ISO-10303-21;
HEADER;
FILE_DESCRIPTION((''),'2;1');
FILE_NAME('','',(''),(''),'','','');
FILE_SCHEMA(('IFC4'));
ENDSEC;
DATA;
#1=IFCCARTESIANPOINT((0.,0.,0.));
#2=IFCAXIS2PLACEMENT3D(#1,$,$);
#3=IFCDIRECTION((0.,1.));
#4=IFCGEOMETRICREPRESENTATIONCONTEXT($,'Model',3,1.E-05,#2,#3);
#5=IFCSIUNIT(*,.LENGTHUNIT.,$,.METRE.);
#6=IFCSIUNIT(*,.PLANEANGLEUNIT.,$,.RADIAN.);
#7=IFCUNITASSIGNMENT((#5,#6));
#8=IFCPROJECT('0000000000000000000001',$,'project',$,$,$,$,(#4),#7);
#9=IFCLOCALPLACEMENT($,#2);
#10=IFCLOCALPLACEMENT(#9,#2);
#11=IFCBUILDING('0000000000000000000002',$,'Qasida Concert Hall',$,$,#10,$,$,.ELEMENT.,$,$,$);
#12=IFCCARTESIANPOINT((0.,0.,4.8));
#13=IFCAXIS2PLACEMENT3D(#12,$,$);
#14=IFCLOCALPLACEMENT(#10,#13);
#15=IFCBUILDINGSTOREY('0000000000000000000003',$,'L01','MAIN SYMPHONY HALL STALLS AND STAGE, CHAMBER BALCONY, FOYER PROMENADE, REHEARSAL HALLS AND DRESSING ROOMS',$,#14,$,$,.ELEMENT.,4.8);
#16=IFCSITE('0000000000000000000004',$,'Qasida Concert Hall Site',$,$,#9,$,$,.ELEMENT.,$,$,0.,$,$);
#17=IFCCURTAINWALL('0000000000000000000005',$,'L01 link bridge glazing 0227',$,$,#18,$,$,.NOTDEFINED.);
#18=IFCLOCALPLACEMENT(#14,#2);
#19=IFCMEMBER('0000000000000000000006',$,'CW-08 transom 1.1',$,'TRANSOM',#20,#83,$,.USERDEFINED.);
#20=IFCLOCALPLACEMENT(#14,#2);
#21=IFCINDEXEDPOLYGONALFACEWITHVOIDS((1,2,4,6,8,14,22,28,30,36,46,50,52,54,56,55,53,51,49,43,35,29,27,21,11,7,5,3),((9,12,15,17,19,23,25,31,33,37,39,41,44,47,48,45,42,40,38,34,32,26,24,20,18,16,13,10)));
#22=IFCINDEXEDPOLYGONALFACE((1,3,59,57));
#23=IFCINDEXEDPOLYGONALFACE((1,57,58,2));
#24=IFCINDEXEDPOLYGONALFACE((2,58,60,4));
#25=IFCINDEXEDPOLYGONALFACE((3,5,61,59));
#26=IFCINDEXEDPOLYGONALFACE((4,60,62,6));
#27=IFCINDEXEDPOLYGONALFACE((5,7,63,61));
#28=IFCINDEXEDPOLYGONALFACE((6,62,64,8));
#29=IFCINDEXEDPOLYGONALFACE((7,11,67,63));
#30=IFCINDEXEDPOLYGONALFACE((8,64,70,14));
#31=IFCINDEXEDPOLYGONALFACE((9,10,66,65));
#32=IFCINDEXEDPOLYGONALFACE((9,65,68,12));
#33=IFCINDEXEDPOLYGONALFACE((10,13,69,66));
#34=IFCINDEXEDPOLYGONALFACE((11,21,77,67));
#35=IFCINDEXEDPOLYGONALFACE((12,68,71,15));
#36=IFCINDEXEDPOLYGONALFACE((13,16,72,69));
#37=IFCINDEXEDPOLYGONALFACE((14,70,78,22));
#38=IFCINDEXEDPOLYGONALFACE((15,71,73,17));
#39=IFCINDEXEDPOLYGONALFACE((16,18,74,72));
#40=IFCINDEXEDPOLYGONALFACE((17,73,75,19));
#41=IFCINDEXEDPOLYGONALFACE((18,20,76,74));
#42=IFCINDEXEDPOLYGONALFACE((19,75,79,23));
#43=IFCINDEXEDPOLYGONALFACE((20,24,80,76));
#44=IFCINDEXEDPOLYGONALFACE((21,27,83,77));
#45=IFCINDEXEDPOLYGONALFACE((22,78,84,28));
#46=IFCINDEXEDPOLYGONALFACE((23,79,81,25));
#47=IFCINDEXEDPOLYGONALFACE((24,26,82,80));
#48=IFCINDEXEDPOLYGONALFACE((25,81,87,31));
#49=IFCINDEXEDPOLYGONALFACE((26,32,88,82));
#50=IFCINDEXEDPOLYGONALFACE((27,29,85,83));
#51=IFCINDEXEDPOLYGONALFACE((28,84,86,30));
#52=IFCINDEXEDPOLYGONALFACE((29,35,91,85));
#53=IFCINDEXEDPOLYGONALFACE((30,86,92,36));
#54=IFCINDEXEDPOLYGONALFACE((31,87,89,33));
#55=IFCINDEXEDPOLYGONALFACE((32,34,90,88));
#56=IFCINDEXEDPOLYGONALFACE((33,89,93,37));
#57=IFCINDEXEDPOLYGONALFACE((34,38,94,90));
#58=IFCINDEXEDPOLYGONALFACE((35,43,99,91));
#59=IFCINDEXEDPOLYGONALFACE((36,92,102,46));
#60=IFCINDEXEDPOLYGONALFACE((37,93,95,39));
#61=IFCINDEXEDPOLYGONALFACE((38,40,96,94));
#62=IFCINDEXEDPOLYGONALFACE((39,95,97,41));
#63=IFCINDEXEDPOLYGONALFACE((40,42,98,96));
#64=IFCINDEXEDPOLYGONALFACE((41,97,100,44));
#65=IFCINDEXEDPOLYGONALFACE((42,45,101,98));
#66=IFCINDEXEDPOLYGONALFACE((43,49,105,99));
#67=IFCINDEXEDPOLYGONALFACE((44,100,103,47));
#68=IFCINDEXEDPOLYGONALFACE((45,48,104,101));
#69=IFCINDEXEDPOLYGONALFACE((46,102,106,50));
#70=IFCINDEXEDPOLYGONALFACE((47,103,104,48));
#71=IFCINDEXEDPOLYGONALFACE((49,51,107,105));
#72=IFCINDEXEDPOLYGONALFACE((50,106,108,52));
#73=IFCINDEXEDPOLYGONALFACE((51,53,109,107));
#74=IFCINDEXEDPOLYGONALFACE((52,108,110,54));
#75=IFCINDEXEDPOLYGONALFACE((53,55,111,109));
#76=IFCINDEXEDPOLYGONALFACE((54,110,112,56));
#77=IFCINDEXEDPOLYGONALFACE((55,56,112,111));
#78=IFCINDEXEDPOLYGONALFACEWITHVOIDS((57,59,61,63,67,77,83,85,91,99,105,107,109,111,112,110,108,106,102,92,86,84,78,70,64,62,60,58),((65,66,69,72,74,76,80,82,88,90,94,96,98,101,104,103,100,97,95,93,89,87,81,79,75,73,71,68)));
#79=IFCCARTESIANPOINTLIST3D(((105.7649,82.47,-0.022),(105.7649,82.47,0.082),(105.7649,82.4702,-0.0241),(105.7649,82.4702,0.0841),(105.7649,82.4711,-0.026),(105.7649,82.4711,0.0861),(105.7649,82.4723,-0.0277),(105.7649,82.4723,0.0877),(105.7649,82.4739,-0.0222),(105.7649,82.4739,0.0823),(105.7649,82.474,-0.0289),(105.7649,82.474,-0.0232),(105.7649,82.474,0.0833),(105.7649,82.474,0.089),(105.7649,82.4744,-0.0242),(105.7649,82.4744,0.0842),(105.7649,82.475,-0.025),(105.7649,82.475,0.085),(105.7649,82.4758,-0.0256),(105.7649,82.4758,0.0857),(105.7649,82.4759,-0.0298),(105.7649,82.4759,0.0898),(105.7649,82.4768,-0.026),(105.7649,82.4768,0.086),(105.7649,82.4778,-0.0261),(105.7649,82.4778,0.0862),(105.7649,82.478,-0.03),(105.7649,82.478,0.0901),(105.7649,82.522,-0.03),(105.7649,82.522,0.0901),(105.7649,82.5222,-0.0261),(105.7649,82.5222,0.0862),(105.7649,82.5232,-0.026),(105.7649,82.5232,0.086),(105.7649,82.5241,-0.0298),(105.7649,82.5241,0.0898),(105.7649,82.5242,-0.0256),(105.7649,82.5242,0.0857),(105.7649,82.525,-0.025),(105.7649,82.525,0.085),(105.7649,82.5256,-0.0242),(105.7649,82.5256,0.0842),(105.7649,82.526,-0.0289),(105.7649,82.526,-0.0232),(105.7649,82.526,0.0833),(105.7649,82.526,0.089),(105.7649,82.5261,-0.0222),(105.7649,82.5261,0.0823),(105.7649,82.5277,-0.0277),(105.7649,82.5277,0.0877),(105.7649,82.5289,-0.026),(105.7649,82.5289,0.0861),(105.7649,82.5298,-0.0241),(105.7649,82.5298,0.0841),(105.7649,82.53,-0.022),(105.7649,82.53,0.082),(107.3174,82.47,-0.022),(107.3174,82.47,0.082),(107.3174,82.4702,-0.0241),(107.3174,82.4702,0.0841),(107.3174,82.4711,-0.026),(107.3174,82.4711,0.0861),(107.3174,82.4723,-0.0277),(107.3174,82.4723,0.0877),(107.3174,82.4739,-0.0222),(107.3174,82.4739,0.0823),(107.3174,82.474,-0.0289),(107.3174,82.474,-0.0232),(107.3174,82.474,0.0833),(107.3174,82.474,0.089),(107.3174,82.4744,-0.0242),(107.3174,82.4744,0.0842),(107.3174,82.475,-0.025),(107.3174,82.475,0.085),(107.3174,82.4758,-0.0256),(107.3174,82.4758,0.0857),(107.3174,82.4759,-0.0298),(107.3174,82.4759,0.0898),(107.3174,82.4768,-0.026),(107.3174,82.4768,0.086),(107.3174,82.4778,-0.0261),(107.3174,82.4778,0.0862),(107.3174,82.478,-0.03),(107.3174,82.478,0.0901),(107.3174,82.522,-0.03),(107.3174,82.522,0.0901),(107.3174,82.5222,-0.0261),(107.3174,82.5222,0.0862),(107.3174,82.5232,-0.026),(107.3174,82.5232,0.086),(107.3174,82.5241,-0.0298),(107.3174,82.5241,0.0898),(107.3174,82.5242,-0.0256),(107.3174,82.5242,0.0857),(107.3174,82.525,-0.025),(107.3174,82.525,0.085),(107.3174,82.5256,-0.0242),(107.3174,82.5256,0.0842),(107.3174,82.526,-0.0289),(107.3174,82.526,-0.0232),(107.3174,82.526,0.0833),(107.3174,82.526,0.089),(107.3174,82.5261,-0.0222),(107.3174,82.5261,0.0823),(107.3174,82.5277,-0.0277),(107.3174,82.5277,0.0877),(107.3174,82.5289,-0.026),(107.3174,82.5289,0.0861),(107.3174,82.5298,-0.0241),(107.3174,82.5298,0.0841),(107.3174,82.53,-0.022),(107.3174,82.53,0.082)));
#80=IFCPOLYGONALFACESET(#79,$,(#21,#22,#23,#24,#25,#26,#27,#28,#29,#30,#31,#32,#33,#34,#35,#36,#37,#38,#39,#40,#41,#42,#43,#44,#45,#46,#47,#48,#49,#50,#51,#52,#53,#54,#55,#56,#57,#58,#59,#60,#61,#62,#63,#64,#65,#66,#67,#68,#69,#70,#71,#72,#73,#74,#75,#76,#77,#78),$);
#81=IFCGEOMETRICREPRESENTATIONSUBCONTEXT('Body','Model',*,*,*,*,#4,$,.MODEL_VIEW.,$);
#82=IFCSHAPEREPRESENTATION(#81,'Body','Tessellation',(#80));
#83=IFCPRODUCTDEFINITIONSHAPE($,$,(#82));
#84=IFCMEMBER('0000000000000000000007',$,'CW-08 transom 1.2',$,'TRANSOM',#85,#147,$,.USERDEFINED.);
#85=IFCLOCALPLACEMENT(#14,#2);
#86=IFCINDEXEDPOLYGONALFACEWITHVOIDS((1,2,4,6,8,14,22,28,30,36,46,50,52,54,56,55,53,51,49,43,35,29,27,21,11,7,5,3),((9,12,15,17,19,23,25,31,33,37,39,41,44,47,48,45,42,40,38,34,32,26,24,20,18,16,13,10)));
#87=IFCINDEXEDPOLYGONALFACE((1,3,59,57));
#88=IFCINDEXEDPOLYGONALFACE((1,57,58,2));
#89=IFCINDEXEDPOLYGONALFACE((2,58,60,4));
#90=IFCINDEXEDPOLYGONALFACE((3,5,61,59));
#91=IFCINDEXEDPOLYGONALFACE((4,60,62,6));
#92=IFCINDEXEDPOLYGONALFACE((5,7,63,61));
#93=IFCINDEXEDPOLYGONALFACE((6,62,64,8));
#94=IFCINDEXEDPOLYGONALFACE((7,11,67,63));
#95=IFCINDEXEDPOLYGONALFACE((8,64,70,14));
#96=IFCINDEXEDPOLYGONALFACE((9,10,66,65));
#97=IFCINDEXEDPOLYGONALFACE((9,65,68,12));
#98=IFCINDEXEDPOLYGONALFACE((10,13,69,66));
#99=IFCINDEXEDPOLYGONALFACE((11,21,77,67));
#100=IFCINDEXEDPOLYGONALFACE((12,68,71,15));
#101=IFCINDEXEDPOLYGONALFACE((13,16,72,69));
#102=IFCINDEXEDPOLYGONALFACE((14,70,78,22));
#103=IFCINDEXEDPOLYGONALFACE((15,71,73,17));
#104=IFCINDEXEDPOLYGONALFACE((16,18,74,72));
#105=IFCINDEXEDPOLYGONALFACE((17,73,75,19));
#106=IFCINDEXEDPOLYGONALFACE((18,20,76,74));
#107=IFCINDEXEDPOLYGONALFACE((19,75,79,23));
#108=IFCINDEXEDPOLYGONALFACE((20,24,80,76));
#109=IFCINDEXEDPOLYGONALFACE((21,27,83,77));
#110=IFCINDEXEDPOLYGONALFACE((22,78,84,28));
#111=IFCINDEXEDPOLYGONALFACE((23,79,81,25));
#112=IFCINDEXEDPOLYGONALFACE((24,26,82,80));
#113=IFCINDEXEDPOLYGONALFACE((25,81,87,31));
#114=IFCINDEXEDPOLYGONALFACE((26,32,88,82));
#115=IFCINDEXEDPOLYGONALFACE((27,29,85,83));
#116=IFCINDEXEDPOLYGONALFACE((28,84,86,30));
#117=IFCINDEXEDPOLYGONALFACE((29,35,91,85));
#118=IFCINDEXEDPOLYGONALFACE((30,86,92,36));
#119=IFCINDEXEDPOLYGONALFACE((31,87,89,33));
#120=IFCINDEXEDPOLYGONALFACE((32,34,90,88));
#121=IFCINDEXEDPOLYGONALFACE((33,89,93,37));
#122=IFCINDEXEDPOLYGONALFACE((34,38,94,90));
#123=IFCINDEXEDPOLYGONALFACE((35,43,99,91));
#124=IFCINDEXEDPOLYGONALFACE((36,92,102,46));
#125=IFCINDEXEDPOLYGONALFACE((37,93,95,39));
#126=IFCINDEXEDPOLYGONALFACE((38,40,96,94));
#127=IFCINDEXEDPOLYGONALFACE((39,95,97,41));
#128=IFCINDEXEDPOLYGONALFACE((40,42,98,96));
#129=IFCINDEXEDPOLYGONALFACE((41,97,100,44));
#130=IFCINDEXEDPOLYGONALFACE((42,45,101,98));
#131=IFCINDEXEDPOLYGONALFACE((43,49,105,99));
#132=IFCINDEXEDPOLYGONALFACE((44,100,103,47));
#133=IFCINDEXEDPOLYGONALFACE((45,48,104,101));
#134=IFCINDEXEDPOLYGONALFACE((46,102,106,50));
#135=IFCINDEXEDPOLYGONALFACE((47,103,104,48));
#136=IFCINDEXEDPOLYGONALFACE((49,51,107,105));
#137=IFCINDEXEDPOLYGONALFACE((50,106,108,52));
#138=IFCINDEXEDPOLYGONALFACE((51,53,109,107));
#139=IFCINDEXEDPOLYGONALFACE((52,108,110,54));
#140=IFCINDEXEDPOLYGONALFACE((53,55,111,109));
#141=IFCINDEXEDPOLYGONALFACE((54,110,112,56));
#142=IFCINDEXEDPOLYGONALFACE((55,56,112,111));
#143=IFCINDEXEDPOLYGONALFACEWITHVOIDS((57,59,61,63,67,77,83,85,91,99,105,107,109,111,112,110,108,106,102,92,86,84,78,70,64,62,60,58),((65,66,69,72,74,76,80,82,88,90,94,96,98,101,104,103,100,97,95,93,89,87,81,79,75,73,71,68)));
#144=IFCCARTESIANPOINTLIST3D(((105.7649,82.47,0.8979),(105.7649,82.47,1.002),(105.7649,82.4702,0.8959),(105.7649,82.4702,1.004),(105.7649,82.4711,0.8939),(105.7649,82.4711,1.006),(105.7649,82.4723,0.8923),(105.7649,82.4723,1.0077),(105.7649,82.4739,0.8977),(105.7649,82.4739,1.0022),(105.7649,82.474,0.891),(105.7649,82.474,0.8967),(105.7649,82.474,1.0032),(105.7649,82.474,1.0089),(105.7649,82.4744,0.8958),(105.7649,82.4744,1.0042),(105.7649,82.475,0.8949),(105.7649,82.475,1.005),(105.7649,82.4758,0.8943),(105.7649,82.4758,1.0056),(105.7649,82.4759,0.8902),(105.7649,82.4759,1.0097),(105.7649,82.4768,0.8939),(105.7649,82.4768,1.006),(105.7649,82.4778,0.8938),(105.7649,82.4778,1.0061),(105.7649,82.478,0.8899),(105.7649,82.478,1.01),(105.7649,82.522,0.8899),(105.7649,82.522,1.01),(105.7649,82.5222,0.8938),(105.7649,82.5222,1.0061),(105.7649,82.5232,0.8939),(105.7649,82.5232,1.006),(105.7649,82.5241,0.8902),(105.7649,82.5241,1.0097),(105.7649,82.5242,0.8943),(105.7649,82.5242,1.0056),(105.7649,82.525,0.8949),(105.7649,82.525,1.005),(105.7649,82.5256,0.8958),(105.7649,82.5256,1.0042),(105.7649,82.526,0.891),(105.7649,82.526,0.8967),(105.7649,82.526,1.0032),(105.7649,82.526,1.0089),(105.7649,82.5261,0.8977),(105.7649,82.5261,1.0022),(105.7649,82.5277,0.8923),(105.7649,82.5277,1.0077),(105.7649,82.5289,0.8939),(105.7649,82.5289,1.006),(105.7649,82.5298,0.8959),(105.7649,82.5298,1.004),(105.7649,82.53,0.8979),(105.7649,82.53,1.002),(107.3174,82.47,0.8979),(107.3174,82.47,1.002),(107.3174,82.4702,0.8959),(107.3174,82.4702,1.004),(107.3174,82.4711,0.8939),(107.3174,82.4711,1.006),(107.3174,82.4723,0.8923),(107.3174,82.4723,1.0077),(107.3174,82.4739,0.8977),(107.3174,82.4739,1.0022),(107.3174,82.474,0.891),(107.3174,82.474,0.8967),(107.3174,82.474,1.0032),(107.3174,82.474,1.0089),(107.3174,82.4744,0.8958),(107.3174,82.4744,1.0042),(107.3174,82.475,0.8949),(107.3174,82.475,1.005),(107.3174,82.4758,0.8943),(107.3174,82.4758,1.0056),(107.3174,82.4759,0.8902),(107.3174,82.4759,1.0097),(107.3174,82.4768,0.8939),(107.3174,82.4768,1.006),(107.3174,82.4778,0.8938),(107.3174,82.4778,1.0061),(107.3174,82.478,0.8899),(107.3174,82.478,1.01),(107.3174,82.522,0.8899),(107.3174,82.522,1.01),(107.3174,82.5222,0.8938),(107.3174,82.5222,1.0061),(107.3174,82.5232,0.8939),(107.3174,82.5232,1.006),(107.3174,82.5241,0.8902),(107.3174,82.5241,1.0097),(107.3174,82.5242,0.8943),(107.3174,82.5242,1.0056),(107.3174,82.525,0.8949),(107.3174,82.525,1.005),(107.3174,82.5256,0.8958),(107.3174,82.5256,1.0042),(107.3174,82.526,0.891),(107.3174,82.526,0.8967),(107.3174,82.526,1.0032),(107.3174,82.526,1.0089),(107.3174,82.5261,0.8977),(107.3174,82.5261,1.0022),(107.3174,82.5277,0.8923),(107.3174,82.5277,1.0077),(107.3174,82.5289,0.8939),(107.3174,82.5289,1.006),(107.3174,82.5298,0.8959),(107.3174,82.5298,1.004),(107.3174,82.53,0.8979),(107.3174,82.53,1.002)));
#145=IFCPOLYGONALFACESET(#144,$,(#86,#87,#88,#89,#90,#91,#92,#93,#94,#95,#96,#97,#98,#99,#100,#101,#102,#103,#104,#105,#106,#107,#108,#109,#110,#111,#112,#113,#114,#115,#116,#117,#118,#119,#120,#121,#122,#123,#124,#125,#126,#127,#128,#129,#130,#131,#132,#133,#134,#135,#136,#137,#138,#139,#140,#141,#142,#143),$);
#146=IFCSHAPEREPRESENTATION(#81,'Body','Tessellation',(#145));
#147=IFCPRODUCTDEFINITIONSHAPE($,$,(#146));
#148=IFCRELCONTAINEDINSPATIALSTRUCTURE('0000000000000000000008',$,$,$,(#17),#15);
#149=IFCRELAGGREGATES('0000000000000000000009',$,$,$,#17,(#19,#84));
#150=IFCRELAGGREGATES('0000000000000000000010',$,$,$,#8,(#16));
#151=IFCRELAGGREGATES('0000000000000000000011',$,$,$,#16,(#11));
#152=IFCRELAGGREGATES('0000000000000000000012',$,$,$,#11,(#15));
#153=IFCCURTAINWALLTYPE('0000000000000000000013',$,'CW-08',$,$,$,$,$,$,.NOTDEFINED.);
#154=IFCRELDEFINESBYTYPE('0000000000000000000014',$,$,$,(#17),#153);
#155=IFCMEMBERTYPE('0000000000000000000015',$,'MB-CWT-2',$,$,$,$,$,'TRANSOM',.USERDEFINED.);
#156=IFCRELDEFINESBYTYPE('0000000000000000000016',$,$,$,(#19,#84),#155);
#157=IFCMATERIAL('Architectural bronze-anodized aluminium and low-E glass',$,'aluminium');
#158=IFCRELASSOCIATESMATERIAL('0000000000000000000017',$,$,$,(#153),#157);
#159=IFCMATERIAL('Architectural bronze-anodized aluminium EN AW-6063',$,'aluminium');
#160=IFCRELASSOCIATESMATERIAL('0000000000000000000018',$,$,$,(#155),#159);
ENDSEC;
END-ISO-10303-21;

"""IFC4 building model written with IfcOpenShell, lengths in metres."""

from ifc_helpers import new_model, si_unit, direction, frame, origin, origin_2d, place, context, subcontext, project, spatial, hollow_rectangle, extrude, material, material_profile, profile_set, type_object, element, aggregate, save


model = new_model("IFC4")

# Units and contexts
model_context = context("Model", 3, precision=1e-05, world=origin(), true_north=direction((0.0, 1.0)))
body_context = subcontext(model_context, "Body", "Model", "MODEL_VIEW")
ifc_project = project(units=[si_unit("LENGTHUNIT", "METRE"), si_unit("PLANEANGLEUNIT", "RADIAN")], contexts=[model_context])

# Site, building, storey
site_placement = place(None, origin())
site = spatial("IfcSite", under=ifc_project, at=site_placement, Name="Qasida Concert Hall Site", CompositionType="ELEMENT", RefElevation=0.0)
building_placement = place(site_placement, origin())
building = spatial("IfcBuilding", under=site, at=building_placement, Name="Qasida Concert Hall", CompositionType="ELEMENT")
storey_placement = place(building_placement, frame((0.0, 0.0, 4.8)))
storey = spatial("IfcBuildingStorey", under=building, at=storey_placement, Name="L01", Description="MAIN SYMPHONY HALL STALLS AND STAGE, CHAMBER BALCONY, FOYER PROMENADE, REHEARSAL HALLS AND DRESSING ROOMS", CompositionType="ELEMENT", Elevation=4.8)

# Curtain wall, members
ifc_material_1 = material(Name="Architectural bronze-anodized aluminium and low-E glass", Category="aluminium")
curtain_wall_type = type_object("IfcCurtainWallType", Name="CW-08", PredefinedType="NOTDEFINED", material=ifc_material_1)
curtain_wall_placement = place(storey_placement, origin())
curtain_wall = element("IfcCurtainWall", 1, at=curtain_wall_placement, inside=storey, type_object=curtain_wall_type, Name="L01 link bridge glazing 0227", PredefinedType="NOTDEFINED")
ifc_material_2 = material(Name="Architectural bronze-anodized aluminium EN AW-6063", Category="aluminium")
ifc_material_profile_1 = material_profile(ifc_material_2, hollow_rectangle(XDim=0.0601, YDim=0.1201, WallThickness=0.0039, InnerFilletRadius=0.0039, OuterFilletRadius=0.0081, at=origin_2d()), Name="CWT 120x60x4")
ifc_profile_set_1 = profile_set([ifc_material_profile_1], Name="Architectural bronze-anodized aluminium EN AW-6063")
member_type_1 = type_object("IfcMemberType", Name="MB-CWT-2", ElementType="TRANSOM", PredefinedType="USERDEFINED", material=ifc_profile_set_1)
member_1_placement = place(storey_placement, frame((105.7649, 82.5, 0.03), z_axis=(1.0, 0.0, 0.0), x_axis=(0.0, 1.0, 0.0)))
member_1 = element("IfcMember", 2, at=member_1_placement, type_object=member_type_1, Name="CW-08 transom 1.1", ObjectType="TRANSOM", PredefinedType="USERDEFINED", context=body_context, shape_type="SweptSolid", body=[
    extrude(hollow_rectangle(XDim=0.0601, YDim=0.1201, WallThickness=0.0039, InnerFilletRadius=0.0039, OuterFilletRadius=0.0081, at=origin_2d()), origin(), (0.0, 0.0, 1.0), 1.5525),
])
member_2_placement = place(storey_placement, frame((105.7649, 82.5, 0.95), z_axis=(1.0, 0.0, 0.0), x_axis=(0.0, 1.0, 0.0)))
member_2 = element("IfcMember", 3, at=member_2_placement, type_object=member_type_1, Name="CW-08 transom 1.2", ObjectType="TRANSOM", PredefinedType="USERDEFINED", context=body_context, shape_type="SweptSolid", body=[
    extrude(hollow_rectangle(XDim=0.0601, YDim=0.1201, WallThickness=0.0039, InnerFilletRadius=0.0039, OuterFilletRadius=0.0081, at=origin_2d()), origin(), (0.0, 0.0, 1.0), 1.5525),
])
aggregate(curtain_wall, [member_1, member_2])

save(model, "model.ifc")
